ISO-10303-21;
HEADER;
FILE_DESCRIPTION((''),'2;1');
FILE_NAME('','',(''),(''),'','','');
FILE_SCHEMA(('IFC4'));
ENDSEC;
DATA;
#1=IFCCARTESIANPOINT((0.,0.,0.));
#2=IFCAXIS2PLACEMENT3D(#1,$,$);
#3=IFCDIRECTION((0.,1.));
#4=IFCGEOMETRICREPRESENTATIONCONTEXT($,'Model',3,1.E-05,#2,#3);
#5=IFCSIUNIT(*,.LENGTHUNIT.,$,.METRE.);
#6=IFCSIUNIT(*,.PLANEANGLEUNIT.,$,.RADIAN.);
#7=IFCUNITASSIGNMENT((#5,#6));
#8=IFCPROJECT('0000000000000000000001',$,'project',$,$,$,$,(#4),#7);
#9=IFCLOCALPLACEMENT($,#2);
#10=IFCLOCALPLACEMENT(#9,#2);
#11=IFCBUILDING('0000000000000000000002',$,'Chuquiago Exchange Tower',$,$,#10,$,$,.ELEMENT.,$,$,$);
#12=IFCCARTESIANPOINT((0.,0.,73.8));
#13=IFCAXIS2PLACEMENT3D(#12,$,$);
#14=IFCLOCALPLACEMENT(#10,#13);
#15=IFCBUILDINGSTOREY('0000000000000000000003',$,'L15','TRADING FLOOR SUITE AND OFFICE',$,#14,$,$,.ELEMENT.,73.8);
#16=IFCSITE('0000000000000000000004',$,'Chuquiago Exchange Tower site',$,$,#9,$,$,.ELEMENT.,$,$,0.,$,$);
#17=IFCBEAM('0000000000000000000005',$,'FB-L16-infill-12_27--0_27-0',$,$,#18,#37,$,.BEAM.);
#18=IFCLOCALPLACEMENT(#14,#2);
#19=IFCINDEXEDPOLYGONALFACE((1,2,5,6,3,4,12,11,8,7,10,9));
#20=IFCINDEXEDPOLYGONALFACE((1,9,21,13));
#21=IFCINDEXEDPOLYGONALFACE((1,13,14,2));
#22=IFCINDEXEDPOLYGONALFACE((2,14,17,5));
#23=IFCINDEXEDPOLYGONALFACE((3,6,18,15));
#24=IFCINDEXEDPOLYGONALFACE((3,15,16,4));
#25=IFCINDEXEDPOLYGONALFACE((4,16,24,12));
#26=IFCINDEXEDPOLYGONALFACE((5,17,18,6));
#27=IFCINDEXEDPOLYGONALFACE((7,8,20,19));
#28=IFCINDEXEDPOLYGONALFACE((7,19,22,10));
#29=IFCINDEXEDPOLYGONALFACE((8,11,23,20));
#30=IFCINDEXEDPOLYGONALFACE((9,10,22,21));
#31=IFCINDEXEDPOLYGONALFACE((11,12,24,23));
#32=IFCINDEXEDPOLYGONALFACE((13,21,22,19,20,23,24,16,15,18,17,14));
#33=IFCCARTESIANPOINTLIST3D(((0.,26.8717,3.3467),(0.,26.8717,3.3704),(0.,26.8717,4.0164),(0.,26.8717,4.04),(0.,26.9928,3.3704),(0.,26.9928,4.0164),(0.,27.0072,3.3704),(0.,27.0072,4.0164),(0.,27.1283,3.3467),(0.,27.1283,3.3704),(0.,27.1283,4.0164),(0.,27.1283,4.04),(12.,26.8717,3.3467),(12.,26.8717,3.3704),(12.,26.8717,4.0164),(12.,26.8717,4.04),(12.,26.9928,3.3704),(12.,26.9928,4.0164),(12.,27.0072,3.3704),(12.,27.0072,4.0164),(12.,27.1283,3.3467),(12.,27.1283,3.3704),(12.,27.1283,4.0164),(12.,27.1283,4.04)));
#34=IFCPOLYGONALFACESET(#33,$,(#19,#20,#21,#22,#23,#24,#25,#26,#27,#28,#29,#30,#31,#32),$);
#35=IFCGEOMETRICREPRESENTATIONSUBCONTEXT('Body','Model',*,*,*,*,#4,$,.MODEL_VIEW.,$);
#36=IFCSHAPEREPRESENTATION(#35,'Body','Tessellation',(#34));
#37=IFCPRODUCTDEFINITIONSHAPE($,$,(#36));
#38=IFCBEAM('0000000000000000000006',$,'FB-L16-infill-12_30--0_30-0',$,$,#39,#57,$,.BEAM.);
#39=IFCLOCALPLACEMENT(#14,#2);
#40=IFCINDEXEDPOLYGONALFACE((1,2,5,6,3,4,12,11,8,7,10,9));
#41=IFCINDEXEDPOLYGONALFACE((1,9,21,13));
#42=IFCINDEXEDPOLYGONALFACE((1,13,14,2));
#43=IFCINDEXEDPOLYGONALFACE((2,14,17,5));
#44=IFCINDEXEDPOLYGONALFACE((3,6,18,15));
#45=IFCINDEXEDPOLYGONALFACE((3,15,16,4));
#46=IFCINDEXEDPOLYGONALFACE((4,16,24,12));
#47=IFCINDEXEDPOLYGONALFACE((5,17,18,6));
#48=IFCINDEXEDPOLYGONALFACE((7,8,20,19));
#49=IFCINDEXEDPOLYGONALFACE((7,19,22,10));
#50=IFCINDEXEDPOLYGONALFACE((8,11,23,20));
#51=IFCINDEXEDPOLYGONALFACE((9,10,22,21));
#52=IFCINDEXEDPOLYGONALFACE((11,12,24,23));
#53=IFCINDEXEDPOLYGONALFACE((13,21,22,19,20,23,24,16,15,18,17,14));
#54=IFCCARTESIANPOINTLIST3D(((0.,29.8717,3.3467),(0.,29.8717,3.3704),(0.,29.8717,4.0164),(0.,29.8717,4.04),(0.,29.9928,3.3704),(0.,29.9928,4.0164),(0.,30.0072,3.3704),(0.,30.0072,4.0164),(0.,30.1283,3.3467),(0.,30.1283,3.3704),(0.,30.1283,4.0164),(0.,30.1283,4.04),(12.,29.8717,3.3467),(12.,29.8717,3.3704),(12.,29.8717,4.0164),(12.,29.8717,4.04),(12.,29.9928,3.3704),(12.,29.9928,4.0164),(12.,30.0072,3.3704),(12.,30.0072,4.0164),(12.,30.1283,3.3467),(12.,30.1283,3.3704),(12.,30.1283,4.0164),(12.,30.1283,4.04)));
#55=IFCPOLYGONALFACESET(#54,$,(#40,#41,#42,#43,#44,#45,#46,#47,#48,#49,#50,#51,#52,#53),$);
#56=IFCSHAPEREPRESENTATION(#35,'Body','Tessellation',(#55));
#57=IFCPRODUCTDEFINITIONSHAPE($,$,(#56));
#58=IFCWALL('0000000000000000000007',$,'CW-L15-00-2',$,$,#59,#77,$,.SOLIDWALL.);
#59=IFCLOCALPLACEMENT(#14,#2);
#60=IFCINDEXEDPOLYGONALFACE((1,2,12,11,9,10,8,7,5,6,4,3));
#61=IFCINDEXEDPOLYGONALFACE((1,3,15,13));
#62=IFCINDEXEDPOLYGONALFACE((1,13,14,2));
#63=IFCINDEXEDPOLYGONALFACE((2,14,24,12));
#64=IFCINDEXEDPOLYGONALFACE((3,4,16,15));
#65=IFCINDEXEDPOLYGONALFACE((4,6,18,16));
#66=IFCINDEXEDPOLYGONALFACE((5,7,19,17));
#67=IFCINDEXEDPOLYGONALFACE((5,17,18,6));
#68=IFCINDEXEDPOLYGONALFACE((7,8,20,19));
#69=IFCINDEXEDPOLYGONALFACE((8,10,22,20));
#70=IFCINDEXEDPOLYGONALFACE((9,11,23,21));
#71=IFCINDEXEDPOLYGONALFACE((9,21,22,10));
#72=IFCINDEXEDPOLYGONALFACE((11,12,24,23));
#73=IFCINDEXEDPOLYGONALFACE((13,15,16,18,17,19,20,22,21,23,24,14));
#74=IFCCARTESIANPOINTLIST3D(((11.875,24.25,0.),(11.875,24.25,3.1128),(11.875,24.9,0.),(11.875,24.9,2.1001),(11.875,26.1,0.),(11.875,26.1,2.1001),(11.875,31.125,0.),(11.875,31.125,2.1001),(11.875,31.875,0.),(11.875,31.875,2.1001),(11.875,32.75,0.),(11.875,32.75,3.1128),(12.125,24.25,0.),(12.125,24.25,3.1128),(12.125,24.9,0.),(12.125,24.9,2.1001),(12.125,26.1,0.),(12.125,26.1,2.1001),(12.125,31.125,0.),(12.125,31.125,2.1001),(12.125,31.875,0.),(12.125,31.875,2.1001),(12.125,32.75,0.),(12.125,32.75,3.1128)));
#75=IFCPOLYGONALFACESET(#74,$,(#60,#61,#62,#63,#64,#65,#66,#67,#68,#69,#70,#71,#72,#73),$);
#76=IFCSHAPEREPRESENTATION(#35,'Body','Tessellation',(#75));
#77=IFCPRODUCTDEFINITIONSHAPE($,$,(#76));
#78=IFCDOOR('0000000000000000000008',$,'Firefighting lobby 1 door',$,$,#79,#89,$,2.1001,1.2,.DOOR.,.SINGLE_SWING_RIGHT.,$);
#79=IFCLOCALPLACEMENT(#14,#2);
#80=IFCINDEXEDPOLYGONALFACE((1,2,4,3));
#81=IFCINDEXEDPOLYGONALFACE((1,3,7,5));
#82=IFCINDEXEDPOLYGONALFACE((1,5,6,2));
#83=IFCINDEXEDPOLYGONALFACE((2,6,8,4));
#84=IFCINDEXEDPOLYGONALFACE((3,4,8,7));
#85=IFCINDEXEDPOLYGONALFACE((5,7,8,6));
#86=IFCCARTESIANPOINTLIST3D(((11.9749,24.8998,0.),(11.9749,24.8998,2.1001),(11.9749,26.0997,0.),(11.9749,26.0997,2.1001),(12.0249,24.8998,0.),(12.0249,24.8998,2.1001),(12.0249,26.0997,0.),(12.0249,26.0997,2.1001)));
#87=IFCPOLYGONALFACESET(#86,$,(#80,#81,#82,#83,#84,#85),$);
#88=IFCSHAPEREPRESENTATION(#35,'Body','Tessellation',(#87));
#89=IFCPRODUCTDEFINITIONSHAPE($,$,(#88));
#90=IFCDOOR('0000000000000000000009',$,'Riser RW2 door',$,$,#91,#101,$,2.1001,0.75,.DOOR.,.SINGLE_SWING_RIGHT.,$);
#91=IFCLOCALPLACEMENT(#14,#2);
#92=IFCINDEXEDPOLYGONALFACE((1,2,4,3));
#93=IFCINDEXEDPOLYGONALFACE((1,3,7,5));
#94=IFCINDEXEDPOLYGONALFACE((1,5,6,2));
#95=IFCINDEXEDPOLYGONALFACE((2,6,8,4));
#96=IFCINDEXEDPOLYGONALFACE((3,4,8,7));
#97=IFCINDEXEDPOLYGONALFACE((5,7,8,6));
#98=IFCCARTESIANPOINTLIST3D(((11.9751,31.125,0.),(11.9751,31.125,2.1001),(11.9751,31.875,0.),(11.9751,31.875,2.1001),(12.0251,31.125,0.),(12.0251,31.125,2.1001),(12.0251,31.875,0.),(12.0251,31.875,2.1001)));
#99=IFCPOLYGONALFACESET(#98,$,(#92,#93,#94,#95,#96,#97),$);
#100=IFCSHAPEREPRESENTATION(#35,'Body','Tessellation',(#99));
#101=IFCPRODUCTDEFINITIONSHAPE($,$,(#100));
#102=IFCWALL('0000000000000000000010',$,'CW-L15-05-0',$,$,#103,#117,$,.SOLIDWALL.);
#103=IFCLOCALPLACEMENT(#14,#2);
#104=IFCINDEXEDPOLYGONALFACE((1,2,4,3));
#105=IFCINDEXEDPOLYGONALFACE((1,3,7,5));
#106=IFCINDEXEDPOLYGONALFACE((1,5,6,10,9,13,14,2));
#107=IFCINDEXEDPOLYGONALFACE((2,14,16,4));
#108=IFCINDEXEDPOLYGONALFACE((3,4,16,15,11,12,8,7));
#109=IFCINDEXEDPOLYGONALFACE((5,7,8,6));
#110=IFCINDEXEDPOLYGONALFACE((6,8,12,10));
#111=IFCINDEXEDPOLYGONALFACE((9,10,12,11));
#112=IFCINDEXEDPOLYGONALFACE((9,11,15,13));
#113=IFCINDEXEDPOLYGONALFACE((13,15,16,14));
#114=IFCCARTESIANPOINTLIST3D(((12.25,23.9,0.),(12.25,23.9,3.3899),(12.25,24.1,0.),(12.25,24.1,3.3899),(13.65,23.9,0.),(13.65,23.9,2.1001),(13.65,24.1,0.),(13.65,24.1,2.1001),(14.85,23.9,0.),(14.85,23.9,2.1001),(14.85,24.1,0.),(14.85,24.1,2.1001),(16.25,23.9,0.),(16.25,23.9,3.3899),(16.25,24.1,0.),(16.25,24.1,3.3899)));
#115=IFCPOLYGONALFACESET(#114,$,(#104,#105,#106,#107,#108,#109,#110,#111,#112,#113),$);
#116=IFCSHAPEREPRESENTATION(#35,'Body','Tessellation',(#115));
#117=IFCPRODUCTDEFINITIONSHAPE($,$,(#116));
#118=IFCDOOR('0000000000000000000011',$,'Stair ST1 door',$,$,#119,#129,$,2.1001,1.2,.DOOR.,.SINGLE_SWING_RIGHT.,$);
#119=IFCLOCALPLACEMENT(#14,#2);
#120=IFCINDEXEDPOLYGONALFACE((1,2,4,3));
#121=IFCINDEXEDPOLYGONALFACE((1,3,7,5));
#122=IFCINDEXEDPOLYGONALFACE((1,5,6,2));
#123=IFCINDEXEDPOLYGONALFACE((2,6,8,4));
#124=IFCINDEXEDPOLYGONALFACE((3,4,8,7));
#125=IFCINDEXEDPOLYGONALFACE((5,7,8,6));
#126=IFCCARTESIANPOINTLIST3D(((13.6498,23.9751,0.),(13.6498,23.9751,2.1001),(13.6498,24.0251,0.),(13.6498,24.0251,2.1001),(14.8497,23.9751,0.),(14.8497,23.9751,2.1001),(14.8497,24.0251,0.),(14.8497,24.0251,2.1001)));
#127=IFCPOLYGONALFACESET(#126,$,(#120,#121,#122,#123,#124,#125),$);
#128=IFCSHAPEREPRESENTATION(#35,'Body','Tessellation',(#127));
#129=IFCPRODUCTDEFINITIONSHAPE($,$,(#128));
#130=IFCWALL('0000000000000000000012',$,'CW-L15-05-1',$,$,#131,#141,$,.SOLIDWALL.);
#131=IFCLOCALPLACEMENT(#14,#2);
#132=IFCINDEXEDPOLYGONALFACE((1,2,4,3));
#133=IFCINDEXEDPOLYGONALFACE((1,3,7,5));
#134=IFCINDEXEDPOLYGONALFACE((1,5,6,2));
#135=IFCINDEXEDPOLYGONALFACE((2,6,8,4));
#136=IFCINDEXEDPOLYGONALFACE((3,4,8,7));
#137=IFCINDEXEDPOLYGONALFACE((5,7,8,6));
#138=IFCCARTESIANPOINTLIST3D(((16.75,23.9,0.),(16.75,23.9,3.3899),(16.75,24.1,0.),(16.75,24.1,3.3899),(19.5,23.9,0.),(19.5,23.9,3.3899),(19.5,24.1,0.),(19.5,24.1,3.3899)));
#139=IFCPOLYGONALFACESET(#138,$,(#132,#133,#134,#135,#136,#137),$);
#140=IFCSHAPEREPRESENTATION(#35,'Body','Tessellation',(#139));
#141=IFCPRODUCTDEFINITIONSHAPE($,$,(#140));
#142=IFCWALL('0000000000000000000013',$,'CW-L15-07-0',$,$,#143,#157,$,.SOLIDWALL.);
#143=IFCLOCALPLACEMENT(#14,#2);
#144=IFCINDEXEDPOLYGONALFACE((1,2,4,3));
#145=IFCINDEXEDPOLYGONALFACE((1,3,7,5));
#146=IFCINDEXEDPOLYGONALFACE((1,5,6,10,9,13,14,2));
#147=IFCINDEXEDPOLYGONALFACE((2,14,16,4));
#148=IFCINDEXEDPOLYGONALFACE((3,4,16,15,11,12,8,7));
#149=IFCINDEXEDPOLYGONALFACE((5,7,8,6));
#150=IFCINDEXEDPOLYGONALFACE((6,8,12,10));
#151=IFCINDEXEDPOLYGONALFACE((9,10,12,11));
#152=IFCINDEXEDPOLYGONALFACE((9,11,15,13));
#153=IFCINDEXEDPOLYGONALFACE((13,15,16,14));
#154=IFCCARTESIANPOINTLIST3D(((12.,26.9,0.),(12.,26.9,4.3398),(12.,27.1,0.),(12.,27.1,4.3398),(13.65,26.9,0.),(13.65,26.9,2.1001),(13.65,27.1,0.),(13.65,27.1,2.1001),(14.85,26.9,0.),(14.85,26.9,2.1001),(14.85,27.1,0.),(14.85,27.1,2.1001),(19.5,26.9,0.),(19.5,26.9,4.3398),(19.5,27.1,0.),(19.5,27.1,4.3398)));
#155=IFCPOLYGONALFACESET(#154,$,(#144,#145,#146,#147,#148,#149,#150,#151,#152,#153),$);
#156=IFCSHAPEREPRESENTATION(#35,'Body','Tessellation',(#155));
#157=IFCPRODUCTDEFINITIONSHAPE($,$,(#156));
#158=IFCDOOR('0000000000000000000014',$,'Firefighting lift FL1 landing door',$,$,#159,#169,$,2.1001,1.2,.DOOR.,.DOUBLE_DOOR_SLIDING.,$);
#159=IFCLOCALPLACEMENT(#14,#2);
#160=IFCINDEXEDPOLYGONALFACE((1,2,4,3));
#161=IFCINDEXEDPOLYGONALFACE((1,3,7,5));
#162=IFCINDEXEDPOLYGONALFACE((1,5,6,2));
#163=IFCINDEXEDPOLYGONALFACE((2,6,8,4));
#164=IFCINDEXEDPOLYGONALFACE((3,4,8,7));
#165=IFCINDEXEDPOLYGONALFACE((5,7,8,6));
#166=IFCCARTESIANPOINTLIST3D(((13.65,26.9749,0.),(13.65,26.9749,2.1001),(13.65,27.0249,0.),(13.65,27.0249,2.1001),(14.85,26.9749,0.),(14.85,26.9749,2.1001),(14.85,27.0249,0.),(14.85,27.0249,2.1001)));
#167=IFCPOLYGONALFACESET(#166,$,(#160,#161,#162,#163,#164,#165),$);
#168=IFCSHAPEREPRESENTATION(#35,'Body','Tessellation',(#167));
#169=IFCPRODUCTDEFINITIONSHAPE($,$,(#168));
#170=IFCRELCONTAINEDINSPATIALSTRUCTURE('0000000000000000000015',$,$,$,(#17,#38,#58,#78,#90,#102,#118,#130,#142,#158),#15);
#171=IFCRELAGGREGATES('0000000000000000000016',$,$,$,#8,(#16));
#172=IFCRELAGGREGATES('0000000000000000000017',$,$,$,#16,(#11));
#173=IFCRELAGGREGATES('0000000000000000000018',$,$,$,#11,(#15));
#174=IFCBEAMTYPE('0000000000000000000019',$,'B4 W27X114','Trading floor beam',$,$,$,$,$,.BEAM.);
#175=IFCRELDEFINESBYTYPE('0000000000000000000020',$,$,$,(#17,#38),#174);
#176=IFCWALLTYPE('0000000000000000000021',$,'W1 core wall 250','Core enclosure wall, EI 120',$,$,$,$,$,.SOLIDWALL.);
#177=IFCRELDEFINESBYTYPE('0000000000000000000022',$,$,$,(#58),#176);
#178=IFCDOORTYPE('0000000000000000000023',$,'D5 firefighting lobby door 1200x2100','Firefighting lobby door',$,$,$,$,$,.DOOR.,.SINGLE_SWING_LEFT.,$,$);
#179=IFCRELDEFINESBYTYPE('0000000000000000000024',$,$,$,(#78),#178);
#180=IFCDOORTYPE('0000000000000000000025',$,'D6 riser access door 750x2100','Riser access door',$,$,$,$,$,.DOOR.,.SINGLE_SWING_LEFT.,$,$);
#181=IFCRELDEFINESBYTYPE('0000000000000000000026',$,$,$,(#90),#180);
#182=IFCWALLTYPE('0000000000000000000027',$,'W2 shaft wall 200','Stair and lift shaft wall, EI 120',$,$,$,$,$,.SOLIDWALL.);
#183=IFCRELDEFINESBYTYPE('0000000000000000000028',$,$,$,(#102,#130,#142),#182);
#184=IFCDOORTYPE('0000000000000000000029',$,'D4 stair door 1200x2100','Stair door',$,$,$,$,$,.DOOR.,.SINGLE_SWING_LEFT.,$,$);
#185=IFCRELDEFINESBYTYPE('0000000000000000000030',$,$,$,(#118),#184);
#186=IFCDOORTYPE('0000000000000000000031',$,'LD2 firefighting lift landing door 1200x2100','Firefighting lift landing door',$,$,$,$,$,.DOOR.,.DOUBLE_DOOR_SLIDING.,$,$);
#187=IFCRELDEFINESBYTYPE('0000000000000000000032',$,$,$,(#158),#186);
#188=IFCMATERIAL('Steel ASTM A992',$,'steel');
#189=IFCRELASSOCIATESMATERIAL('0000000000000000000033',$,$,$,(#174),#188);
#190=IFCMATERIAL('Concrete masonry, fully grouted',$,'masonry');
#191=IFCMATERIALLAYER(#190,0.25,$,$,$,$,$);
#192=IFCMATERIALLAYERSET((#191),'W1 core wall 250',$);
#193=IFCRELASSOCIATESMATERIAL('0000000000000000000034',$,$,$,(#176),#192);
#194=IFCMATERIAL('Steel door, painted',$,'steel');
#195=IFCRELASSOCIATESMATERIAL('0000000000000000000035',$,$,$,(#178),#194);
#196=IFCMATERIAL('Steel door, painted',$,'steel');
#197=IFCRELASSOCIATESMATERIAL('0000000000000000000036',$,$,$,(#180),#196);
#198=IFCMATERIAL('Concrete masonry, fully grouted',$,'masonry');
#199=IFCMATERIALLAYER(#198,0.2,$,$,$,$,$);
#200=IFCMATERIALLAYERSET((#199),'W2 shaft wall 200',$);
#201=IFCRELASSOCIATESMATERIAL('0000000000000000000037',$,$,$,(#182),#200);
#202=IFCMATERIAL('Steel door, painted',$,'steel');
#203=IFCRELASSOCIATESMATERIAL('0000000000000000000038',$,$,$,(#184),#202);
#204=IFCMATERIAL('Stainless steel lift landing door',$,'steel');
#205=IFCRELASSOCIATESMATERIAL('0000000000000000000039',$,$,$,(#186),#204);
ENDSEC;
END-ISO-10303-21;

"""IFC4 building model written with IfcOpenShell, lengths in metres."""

from ifc_helpers import new_model, si_unit, direction, frame, frame_2d, origin, origin_2d, place, context, subcontext, project, spatial, rectangle, i_section, extrude, material, layer, layer_set, material_profile, profile_set, type_object, element, fill, save


model = new_model("IFC4")

# Units and contexts
model_context = context("Model", 3, precision=1e-05, world=origin(), true_north=direction((0.0, 1.0)))
body_context = subcontext(model_context, "Body", "Model", "MODEL_VIEW")
ifc_project = project(units=[si_unit("LENGTHUNIT", "METRE"), si_unit("PLANEANGLEUNIT", "RADIAN")], contexts=[model_context])

# Site, building, storey
site_placement = place(None, origin())
site = spatial("IfcSite", under=ifc_project, at=site_placement, Name="Chuquiago Exchange Tower site", CompositionType="ELEMENT", RefElevation=0.0)
building_placement = place(site_placement, origin())
building = spatial("IfcBuilding", under=site, at=building_placement, Name="Chuquiago Exchange Tower", CompositionType="ELEMENT")
storey_placement = place(building_placement, frame((0.0, 0.0, 73.8)))
storey = spatial("IfcBuildingStorey", under=building, at=storey_placement, Name="L15", Description="TRADING FLOOR SUITE AND OFFICE", CompositionType="ELEMENT", Elevation=73.8)

# Beams
ifc_material_1 = material(Name="Steel ASTM A992", Category="steel")
ifc_material_profile_1 = material_profile(ifc_material_1, i_section(OverallWidth=0.2566, OverallDepth=0.6934, WebThickness=0.0144, FlangeThickness=0.0237, at=origin_2d()), Name="W27X114")
ifc_profile_set_1 = profile_set([ifc_material_profile_1], Name="Steel ASTM A992")
beam_type_1 = type_object("IfcBeamType", Name="B4 W27X114", Description="Trading floor beam", PredefinedType="BEAM", material=ifc_profile_set_1)
for number, where, z_axis, x_axis, name in (
    (1, (12.0, 27.0, 3.6934), (-1.0, 0.0, 0.0), (0.0, -1.0, 0.0), "FB-L16-infill-12_27--0_27-0"),
    (2, (12.0, 30.0, 3.6934), (-1.0, 0.0, 0.0), (0.0, -1.0, 0.0), "FB-L16-infill-12_30--0_30-0"),
):
    element("IfcBeam", number, at=place(storey_placement, frame(where, z_axis=z_axis, x_axis=x_axis)), inside=storey, type_object=beam_type_1, Name=name, PredefinedType="BEAM", context=body_context, shape_type="SweptSolid", body=[
        extrude(i_section(OverallWidth=0.2566, OverallDepth=0.6934, WebThickness=0.0144, FlangeThickness=0.0237, at=origin_2d()), origin(), (0.0, 0.0, 1.0), 12.0),
    ])

# Wall, openings, doors
ifc_material_2 = material(Name="Concrete masonry, fully grouted", Category="masonry")
ifc_layer_1 = layer(ifc_material_2, 0.25)
ifc_layer_set_1 = layer_set([ifc_layer_1], Name="W1 core wall 250")
wall_type_1 = type_object("IfcWallType", Name="W1 core wall 250", Description="Core enclosure wall, EI 120", PredefinedType="SOLIDWALL", material=ifc_layer_set_1)
wall_1_placement = place(storey_placement, frame((12.0, 24.25, 0.0), z_axis=(0.0, 0.0, 1.0), x_axis=(0.0, 1.0, 0.0)))
wall_1 = element("IfcWall", 3, at=wall_1_placement, inside=storey, type_object=wall_type_1, Name="CW-L15-00-2", PredefinedType="SOLIDWALL", context=body_context, shape_type="SweptSolid", body=[
    extrude(rectangle(XDim=8.5, YDim=0.25, at=frame_2d((4.25, 0.0))), origin(), (0.0, 0.0, 1.0), 3.1128),
])
opening_1_placement = place(wall_1_placement, frame((0.6499, 0.0, 0.0)))
opening_1 = element("IfcOpeningElement", 4, at=opening_1_placement, cuts=wall_1, PredefinedType="OPENING", context=body_context, shape_type="SweptSolid", body=[
    extrude(rectangle(XDim=1.2, YDim=2.1001, at=frame_2d((0.6001, 1.05))), frame((0.0, 0.135, 0.0), z_axis=(0.0, -1.0, 0.0), x_axis=(1.0, 0.0, 0.0)), (0.0, 0.0, 1.0), 0.27),
])
opening_2_placement = place(wall_1_placement, frame((6.875, 0.0, 0.0)))
opening_2 = element("IfcOpeningElement", 5, at=opening_2_placement, cuts=wall_1, PredefinedType="OPENING", context=body_context, shape_type="SweptSolid", body=[
    extrude(rectangle(XDim=0.75, YDim=2.1001, at=frame_2d((0.375, 1.05))), frame((0.0, 0.135, 0.0), z_axis=(0.0, -1.0, 0.0), x_axis=(1.0, 0.0, 0.0)), (0.0, 0.0, 1.0), 0.27),
])
ifc_material_3 = material(Name="Steel door, painted", Category="steel")
door_type_1 = type_object("IfcDoorType", Name="D5 firefighting lobby door 1200x2100", Description="Firefighting lobby door", OperationType="SINGLE_SWING_LEFT", PredefinedType="DOOR", material=ifc_material_3)
door_1_placement = place(opening_1_placement, frame((1.2, 0.0, 0.0), z_axis=(0.0, 0.0, 1.0), x_axis=(-1.0, 0.0, 0.0)))
door_1 = element("IfcDoor", 6, at=door_1_placement, inside=storey, type_object=door_type_1, Name="Firefighting lobby 1 door", OperationType="SINGLE_SWING_RIGHT", OverallHeight=2.1001, OverallWidth=1.2, PredefinedType="DOOR", context=body_context, shape_type="SweptSolid", body=[
    extrude(rectangle(XDim=1.2, YDim=2.1001, at=frame_2d((0.6001, 1.05))), frame((0.0, 0.0249, 0.0), z_axis=(0.0, -1.0, 0.0), x_axis=(1.0, 0.0, 0.0)), (0.0, 0.0, 1.0), 0.05),
])
fill(opening_1, door_1)
ifc_material_4 = material(Name="Steel door, painted", Category="steel")
door_type_2 = type_object("IfcDoorType", Name="D6 riser access door 750x2100", Description="Riser access door", OperationType="SINGLE_SWING_LEFT", PredefinedType="DOOR", material=ifc_material_4)
door_2_placement = place(opening_2_placement, origin())
door_2 = element("IfcDoor", 7, at=door_2_placement, inside=storey, type_object=door_type_2, Name="Riser RW2 door", OperationType="SINGLE_SWING_RIGHT", OverallHeight=2.1001, OverallWidth=0.75, PredefinedType="DOOR", context=body_context, shape_type="SweptSolid", body=[
    extrude(rectangle(XDim=0.75, YDim=2.1001, at=frame_2d((0.375, 1.05))), frame((0.0, 0.0249, 0.0), z_axis=(0.0, -1.0, 0.0), x_axis=(1.0, 0.0, 0.0)), (0.0, 0.0, 1.0), 0.05),
])
fill(opening_2, door_2)

# Wall, opening, door
ifc_material_5 = material(Name="Concrete masonry, fully grouted", Category="masonry")
ifc_layer_2 = layer(ifc_material_5, 0.2)
ifc_layer_set_2 = layer_set([ifc_layer_2], Name="W2 shaft wall 200")
wall_type_2 = type_object("IfcWallType", Name="W2 shaft wall 200", Description="Stair and lift shaft wall, EI 120", PredefinedType="SOLIDWALL", material=ifc_layer_set_2)
wall_2_placement = place(storey_placement, frame((12.25, 24.0, 0.0), z_axis=(0.0, 0.0, 1.0), x_axis=(1.0, 0.0, 0.0)))
wall_2 = element("IfcWall", 8, at=wall_2_placement, inside=storey, type_object=wall_type_2, Name="CW-L15-05-0", PredefinedType="SOLIDWALL", context=body_context, shape_type="SweptSolid", body=[
    extrude(rectangle(XDim=4.0, YDim=0.2, at=frame_2d((2.0, 0.0))), origin(), (0.0, 0.0, 1.0), 3.3899),
])
opening_3_placement = place(wall_2_placement, frame((1.3999, 0.0, 0.0)))
opening_3 = element("IfcOpeningElement", 9, at=opening_3_placement, cuts=wall_2, PredefinedType="OPENING", context=body_context, shape_type="SweptSolid", body=[
    extrude(rectangle(XDim=1.2, YDim=2.1001, at=frame_2d((0.6001, 1.05))), frame((0.0, 0.1099, 0.0), z_axis=(0.0, -1.0, 0.0), x_axis=(1.0, 0.0, 0.0)), (0.0, 0.0, 1.0), 0.22),
])
ifc_material_6 = material(Name="Steel door, painted", Category="steel")
door_type_3 = type_object("IfcDoorType", Name="D4 stair door 1200x2100", Description="Stair door", OperationType="SINGLE_SWING_LEFT", PredefinedType="DOOR", material=ifc_material_6)
door_3_placement = place(opening_3_placement, frame((1.2, 0.0, 0.0), z_axis=(0.0, 0.0, 1.0), x_axis=(-1.0, 0.0, 0.0)))
door_3 = element("IfcDoor", 10, at=door_3_placement, inside=storey, type_object=door_type_3, Name="Stair ST1 door", OperationType="SINGLE_SWING_RIGHT", OverallHeight=2.1001, OverallWidth=1.2, PredefinedType="DOOR", context=body_context, shape_type="SweptSolid", body=[
    extrude(rectangle(XDim=1.2, YDim=2.1001, at=frame_2d((0.6001, 1.05))), frame((0.0, 0.0249, 0.0), z_axis=(0.0, -1.0, 0.0), x_axis=(1.0, 0.0, 0.0)), (0.0, 0.0, 1.0), 0.05),
])
fill(opening_3, door_3)

# Wall
wall_3_placement = place(storey_placement, frame((16.75, 24.0, 0.0), z_axis=(0.0, 0.0, 1.0), x_axis=(1.0, 0.0, 0.0)))
element("IfcWall", 11, at=wall_3_placement, inside=storey, type_object=wall_type_2, Name="CW-L15-05-1", PredefinedType="SOLIDWALL", context=body_context, shape_type="SweptSolid", body=[
    extrude(rectangle(XDim=2.75, YDim=0.2, at=frame_2d((1.375, 0.0))), origin(), (0.0, 0.0, 1.0), 3.3899),
])

# Wall, opening, door
wall_4_placement = place(storey_placement, frame((12.0, 27.0, 0.0), z_axis=(0.0, 0.0, 1.0), x_axis=(1.0, 0.0, 0.0)))
wall_4 = element("IfcWall", 12, at=wall_4_placement, inside=storey, type_object=wall_type_2, Name="CW-L15-07-0", PredefinedType="SOLIDWALL", context=body_context, shape_type="SweptSolid", body=[
    extrude(rectangle(XDim=7.5, YDim=0.2, at=frame_2d((3.75, 0.0))), origin(), (0.0, 0.0, 1.0), 4.3398),
])
opening_4_placement = place(wall_4_placement, frame((1.6499, 0.0, 0.0)))
opening_4 = element("IfcOpeningElement", 13, at=opening_4_placement, cuts=wall_4, PredefinedType="OPENING", context=body_context, shape_type="SweptSolid", body=[
    extrude(rectangle(XDim=1.2, YDim=2.1001, at=frame_2d((0.6001, 1.05))), frame((0.0, 0.1099, 0.0), z_axis=(0.0, -1.0, 0.0), x_axis=(1.0, 0.0, 0.0)), (0.0, 0.0, 1.0), 0.22),
])
ifc_material_7 = material(Name="Stainless steel lift landing door", Category="steel")
door_type_4 = type_object("IfcDoorType", Name="LD2 firefighting lift landing door 1200x2100", Description="Firefighting lift landing door", OperationType="DOUBLE_DOOR_SLIDING", PredefinedType="DOOR", material=ifc_material_7)
door_4_placement = place(opening_4_placement, origin())
door_4 = element("IfcDoor", 14, at=door_4_placement, inside=storey, type_object=door_type_4, Name="Firefighting lift FL1 landing door", OperationType="DOUBLE_DOOR_SLIDING", OverallHeight=2.1001, OverallWidth=1.2, PredefinedType="DOOR", context=body_context, shape_type="SweptSolid", body=[
    extrude(rectangle(XDim=1.2, YDim=2.1001, at=frame_2d((0.6001, 1.05))), frame((0.0, 0.0249, 0.0), z_axis=(0.0, -1.0, 0.0), x_axis=(1.0, 0.0, 0.0)), (0.0, 0.0, 1.0), 0.05),
])
fill(opening_4, door_4)

save(model, "model.ifc")
